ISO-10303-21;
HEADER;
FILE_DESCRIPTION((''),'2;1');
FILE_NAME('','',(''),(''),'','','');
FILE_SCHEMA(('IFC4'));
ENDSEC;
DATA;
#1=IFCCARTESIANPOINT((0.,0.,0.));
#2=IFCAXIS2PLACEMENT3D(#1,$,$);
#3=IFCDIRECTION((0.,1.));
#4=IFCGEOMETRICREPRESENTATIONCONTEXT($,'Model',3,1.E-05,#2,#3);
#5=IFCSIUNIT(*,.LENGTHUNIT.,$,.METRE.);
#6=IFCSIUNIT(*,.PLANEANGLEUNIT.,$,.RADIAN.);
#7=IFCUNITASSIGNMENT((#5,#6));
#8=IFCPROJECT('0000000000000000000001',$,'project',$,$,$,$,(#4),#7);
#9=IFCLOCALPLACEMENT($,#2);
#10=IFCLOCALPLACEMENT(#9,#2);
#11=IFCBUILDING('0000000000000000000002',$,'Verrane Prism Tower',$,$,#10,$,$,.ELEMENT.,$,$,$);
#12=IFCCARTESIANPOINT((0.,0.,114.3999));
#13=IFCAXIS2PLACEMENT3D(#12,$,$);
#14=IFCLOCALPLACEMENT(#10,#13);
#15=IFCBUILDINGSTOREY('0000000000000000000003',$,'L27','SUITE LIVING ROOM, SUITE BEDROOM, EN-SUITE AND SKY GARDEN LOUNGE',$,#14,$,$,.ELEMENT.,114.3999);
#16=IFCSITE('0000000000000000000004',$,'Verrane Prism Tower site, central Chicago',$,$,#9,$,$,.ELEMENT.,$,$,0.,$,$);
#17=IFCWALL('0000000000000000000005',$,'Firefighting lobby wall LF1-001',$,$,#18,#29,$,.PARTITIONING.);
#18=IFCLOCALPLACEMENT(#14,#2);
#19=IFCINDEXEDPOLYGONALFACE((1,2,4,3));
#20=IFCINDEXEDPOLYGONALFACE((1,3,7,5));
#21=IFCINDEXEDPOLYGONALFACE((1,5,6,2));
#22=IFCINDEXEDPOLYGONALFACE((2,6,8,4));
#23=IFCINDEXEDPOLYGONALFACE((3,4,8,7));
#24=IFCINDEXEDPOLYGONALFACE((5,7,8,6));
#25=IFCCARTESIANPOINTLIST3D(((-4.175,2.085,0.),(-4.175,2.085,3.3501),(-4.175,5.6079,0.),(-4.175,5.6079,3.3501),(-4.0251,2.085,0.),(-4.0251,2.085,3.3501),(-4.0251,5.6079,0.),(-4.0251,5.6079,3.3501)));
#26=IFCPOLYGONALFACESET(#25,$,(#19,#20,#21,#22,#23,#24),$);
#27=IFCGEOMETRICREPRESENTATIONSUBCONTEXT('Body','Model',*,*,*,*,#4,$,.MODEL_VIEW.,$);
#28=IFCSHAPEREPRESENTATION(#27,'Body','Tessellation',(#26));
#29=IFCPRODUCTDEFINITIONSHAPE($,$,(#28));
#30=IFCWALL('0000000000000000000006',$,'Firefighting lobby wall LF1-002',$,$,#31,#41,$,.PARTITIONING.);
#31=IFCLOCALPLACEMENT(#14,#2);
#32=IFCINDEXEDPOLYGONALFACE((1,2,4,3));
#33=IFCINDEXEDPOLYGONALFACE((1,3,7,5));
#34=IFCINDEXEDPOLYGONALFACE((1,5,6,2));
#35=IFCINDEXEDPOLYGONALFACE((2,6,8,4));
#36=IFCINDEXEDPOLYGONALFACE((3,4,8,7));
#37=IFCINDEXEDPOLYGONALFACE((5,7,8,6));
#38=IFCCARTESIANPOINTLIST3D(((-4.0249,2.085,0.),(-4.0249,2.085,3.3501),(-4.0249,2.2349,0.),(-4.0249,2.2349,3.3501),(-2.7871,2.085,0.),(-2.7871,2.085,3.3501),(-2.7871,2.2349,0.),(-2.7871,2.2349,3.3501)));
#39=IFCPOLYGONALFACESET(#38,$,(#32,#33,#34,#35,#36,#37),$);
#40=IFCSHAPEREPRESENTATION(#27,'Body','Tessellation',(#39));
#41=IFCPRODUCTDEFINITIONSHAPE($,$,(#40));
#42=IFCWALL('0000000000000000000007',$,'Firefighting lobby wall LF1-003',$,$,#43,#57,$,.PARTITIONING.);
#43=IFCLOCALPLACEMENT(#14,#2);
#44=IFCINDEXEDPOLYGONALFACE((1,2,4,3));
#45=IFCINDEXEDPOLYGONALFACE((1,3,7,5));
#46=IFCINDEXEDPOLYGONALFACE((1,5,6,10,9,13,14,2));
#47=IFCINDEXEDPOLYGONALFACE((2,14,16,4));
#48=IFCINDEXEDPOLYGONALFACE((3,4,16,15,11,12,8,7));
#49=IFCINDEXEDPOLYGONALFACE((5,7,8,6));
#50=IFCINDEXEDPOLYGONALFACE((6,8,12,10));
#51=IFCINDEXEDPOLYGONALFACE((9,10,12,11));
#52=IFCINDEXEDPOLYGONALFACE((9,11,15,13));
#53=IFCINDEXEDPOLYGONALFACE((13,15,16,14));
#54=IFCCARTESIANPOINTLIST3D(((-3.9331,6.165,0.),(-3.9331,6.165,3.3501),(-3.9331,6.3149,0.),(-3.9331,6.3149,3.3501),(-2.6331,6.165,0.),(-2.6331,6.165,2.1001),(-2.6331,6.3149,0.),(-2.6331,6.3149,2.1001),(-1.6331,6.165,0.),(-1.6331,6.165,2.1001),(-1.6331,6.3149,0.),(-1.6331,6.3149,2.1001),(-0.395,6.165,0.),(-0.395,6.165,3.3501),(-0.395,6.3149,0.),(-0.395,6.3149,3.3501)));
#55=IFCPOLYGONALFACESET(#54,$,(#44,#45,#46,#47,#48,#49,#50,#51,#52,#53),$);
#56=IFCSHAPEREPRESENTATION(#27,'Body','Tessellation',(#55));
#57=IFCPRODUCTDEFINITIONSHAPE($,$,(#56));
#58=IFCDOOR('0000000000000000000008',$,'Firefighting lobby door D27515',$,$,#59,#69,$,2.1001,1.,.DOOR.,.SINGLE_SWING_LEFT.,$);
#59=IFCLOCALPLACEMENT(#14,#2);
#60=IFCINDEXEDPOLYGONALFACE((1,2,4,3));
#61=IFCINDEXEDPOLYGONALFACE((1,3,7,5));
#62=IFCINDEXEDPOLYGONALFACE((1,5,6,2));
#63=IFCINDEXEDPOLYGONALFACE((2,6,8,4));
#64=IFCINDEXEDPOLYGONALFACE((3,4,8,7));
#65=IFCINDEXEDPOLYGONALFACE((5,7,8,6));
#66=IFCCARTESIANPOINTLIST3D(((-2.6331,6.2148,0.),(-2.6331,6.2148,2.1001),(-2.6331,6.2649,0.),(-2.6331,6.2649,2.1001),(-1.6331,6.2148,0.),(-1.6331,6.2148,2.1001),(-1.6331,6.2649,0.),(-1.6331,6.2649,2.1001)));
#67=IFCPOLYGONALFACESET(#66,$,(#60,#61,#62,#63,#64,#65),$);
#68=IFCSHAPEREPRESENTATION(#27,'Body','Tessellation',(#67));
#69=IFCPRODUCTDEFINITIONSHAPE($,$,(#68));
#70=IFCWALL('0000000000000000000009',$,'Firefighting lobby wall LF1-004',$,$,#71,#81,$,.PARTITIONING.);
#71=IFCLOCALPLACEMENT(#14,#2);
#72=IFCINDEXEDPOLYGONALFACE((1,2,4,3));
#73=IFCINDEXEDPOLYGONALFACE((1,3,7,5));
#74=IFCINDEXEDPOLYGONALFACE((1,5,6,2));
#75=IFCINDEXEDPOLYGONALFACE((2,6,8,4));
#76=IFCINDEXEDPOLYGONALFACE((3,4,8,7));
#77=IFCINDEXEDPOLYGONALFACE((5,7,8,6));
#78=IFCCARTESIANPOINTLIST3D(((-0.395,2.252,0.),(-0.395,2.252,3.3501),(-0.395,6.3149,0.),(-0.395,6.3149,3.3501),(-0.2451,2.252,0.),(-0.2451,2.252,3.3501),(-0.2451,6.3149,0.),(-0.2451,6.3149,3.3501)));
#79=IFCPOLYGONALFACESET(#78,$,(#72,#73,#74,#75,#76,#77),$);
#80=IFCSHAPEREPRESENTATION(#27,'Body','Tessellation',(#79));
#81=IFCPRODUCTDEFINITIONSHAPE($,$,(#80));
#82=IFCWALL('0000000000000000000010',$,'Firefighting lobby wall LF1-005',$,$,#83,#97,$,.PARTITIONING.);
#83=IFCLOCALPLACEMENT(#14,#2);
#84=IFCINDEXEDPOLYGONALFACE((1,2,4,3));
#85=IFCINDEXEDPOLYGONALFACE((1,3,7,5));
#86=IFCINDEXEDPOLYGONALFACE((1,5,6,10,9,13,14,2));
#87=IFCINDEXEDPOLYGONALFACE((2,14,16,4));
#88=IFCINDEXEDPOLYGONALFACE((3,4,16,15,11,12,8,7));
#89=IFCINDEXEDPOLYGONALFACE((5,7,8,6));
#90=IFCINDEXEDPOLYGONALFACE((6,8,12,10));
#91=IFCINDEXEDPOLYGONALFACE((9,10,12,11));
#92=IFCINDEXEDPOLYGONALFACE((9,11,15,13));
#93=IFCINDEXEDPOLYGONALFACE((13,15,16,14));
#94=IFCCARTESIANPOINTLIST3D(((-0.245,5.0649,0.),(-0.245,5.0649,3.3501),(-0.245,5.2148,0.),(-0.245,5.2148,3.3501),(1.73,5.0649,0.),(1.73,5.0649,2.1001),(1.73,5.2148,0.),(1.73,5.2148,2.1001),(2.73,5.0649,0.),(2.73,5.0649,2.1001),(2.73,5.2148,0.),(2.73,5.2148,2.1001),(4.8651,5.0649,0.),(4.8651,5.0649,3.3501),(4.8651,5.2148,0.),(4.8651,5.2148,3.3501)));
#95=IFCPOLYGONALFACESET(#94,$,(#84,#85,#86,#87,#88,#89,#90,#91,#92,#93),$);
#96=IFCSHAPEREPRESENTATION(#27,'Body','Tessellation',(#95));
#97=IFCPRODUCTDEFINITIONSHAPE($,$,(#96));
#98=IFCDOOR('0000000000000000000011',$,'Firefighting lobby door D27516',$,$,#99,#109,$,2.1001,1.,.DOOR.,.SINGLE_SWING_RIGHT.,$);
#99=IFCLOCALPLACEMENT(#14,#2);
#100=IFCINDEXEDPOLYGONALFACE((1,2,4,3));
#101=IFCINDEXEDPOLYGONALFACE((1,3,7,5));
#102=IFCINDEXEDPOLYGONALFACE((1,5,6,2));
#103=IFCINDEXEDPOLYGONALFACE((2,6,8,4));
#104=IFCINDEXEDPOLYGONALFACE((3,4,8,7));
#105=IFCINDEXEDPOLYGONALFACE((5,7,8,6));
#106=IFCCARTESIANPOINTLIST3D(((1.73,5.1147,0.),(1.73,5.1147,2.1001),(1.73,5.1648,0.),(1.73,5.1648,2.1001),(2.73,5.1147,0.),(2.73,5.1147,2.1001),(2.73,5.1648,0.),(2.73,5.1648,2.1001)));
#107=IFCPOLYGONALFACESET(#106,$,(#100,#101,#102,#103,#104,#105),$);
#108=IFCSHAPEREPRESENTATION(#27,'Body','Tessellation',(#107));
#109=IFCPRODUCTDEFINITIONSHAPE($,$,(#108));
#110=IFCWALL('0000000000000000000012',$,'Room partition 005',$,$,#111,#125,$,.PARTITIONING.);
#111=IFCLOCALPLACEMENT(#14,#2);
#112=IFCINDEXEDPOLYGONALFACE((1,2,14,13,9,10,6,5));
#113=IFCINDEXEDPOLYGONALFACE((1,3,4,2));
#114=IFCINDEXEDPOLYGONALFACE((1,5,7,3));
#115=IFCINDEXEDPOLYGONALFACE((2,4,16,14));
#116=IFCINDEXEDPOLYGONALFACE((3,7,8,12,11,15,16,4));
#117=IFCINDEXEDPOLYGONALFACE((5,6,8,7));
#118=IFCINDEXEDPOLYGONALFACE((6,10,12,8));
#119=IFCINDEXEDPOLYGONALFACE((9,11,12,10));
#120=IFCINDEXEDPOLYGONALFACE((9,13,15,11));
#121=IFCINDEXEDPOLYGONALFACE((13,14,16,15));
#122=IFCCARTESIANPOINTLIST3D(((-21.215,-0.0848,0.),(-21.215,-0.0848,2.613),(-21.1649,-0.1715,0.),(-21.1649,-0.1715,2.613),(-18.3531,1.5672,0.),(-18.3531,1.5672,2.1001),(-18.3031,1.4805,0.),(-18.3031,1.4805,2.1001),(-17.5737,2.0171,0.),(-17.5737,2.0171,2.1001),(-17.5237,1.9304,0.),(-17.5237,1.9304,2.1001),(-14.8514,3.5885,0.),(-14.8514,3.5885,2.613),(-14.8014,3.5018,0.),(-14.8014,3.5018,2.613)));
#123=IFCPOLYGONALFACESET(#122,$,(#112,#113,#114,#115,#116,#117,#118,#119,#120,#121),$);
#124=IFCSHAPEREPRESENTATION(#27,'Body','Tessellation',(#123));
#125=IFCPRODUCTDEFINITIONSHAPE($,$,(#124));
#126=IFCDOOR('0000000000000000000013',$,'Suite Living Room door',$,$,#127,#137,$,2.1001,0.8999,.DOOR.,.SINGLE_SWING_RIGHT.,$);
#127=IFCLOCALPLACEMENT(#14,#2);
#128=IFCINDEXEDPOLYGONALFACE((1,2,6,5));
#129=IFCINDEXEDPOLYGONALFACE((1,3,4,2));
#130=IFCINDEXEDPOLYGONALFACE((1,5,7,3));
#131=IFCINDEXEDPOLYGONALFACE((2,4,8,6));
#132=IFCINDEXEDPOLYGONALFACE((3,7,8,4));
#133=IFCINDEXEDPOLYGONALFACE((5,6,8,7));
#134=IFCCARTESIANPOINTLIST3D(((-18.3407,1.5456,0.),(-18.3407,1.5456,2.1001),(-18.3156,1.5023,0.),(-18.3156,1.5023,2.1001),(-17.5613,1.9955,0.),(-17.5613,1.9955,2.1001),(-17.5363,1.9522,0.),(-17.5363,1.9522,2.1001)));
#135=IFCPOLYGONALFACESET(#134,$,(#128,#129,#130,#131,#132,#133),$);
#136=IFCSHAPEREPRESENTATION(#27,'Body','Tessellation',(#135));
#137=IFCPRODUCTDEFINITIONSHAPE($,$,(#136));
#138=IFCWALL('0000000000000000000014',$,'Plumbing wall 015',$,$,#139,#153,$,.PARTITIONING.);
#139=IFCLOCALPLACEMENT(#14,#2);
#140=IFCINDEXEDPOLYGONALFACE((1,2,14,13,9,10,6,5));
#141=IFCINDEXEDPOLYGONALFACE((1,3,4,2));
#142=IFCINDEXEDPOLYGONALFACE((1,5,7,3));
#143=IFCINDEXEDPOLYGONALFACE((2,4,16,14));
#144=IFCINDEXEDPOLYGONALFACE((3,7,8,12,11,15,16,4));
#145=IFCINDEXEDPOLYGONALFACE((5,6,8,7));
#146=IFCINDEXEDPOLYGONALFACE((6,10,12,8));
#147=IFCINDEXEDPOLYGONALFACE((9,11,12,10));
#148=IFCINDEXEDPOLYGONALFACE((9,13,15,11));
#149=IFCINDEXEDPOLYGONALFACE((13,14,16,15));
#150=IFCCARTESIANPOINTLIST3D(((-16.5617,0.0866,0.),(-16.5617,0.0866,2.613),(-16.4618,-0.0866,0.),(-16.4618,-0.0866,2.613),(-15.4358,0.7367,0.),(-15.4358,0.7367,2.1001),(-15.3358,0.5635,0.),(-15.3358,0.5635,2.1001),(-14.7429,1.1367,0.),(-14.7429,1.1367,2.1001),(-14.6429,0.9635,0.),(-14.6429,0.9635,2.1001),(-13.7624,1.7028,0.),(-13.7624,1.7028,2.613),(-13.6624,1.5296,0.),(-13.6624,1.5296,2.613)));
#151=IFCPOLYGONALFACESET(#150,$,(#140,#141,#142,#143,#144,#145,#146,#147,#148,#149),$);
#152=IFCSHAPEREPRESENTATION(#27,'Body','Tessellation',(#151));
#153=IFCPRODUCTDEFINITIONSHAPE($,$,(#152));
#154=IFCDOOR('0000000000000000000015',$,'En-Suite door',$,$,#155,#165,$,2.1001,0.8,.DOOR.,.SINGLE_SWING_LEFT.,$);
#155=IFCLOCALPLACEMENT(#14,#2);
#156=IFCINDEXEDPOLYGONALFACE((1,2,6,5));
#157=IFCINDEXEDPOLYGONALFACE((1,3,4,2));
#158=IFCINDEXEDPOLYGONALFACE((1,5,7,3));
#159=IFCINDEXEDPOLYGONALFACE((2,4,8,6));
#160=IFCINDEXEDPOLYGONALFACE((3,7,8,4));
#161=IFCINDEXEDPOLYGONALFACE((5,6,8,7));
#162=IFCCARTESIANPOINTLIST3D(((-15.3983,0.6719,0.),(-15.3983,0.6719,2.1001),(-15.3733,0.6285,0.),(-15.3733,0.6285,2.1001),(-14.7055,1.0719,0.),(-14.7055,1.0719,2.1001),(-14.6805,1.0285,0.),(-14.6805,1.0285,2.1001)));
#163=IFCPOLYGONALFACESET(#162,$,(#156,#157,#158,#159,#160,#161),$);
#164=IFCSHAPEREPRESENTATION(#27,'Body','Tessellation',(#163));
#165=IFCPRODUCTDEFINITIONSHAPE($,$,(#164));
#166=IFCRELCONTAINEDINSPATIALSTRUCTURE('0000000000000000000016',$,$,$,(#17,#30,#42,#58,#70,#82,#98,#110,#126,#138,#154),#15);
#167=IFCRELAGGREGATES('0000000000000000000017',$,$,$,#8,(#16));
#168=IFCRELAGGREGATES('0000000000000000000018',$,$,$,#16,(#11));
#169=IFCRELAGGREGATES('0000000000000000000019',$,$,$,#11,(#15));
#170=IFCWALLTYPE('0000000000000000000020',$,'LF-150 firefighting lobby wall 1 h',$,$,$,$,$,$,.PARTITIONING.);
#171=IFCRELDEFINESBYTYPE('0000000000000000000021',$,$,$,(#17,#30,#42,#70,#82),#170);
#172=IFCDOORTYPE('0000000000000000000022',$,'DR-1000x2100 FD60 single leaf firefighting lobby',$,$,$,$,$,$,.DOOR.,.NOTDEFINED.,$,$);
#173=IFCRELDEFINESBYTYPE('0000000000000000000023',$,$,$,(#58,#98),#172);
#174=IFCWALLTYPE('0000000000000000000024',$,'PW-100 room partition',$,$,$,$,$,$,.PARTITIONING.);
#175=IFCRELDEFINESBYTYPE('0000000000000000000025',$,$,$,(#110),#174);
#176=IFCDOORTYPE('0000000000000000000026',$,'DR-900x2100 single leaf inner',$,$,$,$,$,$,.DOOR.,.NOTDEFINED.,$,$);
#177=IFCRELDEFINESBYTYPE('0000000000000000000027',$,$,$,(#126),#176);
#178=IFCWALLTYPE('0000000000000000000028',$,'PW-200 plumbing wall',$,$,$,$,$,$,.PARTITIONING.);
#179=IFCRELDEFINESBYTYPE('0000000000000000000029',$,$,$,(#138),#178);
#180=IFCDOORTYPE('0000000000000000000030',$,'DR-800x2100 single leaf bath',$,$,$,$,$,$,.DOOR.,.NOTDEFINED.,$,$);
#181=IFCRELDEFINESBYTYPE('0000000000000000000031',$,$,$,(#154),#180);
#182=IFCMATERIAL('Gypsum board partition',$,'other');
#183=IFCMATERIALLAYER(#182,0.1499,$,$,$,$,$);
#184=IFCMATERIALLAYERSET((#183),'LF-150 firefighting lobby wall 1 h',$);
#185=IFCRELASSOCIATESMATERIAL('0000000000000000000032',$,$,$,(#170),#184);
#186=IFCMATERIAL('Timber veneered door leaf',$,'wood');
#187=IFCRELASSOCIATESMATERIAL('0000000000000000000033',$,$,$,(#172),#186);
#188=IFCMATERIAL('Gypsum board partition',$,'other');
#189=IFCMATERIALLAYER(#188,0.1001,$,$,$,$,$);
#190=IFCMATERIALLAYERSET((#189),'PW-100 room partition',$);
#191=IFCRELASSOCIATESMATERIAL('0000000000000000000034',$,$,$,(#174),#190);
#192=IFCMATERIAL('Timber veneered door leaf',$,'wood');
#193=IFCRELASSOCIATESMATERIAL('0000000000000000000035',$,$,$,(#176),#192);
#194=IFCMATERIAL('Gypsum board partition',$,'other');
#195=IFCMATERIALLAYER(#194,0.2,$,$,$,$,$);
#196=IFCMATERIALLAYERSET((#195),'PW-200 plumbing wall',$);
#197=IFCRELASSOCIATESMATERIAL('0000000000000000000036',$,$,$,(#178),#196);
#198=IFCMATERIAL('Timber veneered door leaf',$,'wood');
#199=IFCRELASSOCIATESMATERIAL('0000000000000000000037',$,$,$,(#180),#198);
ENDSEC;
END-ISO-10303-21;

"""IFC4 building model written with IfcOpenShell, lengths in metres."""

from ifc_helpers import new_model, si_unit, direction, frame, frame_2d, origin, place, context, subcontext, project, spatial, rectangle, extrude, material, layer, layer_set, type_object, element, fill, save


model = new_model("IFC4")

# Units and contexts
model_context = context("Model", 3, precision=1e-05, world=origin(), true_north=direction((0.0, 1.0)))
body_context = subcontext(model_context, "Body", "Model", "MODEL_VIEW")
ifc_project = project(units=[si_unit("LENGTHUNIT", "METRE"), si_unit("PLANEANGLEUNIT", "RADIAN")], contexts=[model_context])

# Site, building, storey
site_placement = place(None, origin())
site = spatial("IfcSite", under=ifc_project, at=site_placement, Name="Verrane Prism Tower site, central Chicago", CompositionType="ELEMENT", RefElevation=0.0)
building_placement = place(site_placement, origin())
building = spatial("IfcBuilding", under=site, at=building_placement, Name="Verrane Prism Tower", CompositionType="ELEMENT")
storey_placement = place(building_placement, frame((0.0, 0.0, 114.3999)))
storey = spatial("IfcBuildingStorey", under=building, at=storey_placement, Name="L27", Description="SUITE LIVING ROOM, SUITE BEDROOM, EN-SUITE AND SKY GARDEN LOUNGE", CompositionType="ELEMENT", Elevation=114.3999)

# Walls
ifc_material_1 = material(Name="Gypsum board partition", Category="other")
ifc_layer_1 = layer(ifc_material_1, 0.1499)
ifc_layer_set_1 = layer_set([ifc_layer_1], Name="LF-150 firefighting lobby wall 1 h")
wall_type_1 = type_object("IfcWallType", Name="LF-150 firefighting lobby wall 1 h", PredefinedType="PARTITIONING", material=ifc_layer_set_1)
wall_1_placement = place(storey_placement, frame((-4.1001, 2.085, 0.0), z_axis=(0.0, 0.0, 1.0), x_axis=(0.0, 1.0, 0.0)))
element("IfcWall", 1, at=wall_1_placement, inside=storey, type_object=wall_type_1, Name="Firefighting lobby wall LF1-001", PredefinedType="PARTITIONING", context=body_context, shape_type="SweptSolid", body=[
    extrude(rectangle(XDim=3.5229, YDim=0.1499, at=frame_2d((1.7615, 0.0))), origin(), (0.0, 0.0, 1.0), 3.3501),
])
wall_2_placement = place(storey_placement, frame((-4.0249, 2.1599, 0.0), z_axis=(0.0, 0.0, 1.0), x_axis=(1.0, 0.0, 0.0)))
element("IfcWall", 2, at=wall_2_placement, inside=storey, type_object=wall_type_1, Name="Firefighting lobby wall LF1-002", PredefinedType="PARTITIONING", context=body_context, shape_type="SweptSolid", body=[
    extrude(rectangle(XDim=1.2378, YDim=0.1499, at=frame_2d((0.6189, 0.0))), origin(), (0.0, 0.0, 1.0), 3.3501),
])

# Wall, opening, door
wall_3_placement = place(storey_placement, frame((-3.9331, 6.24, 0.0), z_axis=(0.0, 0.0, 1.0), x_axis=(1.0, 0.0, 0.0)))
wall_3 = element("IfcWall", 3, at=wall_3_placement, inside=storey, type_object=wall_type_1, Name="Firefighting lobby wall LF1-003", PredefinedType="PARTITIONING", context=body_context, shape_type="SweptSolid", body=[
    extrude(rectangle(XDim=3.5381, YDim=0.1499, at=frame_2d((1.769, 0.0))), origin(), (0.0, 0.0, 1.0), 3.3501),
])
opening_1_placement = place(wall_3_placement, frame((1.3, 0.0, 0.0)))
opening_1 = element("IfcOpeningElement", 4, at=opening_1_placement, cuts=wall_3, PredefinedType="OPENING", context=body_context, shape_type="SweptSolid", body=[
    extrude(rectangle(XDim=1.0, YDim=2.1001, at=frame_2d((0.5, 1.05))), frame((0.0, 0.085, 0.0), z_axis=(0.0, -1.0, 0.0), x_axis=(1.0, 0.0, 0.0)), (0.0, 0.0, 1.0), 0.1699),
])
ifc_material_2 = material(Name="Timber veneered door leaf", Category="wood")
door_type_1 = type_object("IfcDoorType", Name="DR-1000x2100 FD60 single leaf firefighting lobby", OperationType="NOTDEFINED", PredefinedType="DOOR", material=ifc_material_2)
door_1_placement = place(opening_1_placement, origin())
door_1 = element("IfcDoor", 5, at=door_1_placement, inside=storey, type_object=door_type_1, Name="Firefighting lobby door D27515", OperationType="SINGLE_SWING_LEFT", OverallHeight=2.1001, OverallWidth=1.0, PredefinedType="DOOR", context=body_context, shape_type="SweptSolid", body=[
    extrude(rectangle(XDim=1.0, YDim=2.1001, at=frame_2d((0.5, 1.05))), frame((0.0, 0.0249, 0.0), z_axis=(0.0, -1.0, 0.0), x_axis=(1.0, 0.0, 0.0)), (0.0, 0.0, 1.0), 0.05),
])
fill(opening_1, door_1)

# Wall
wall_4_placement = place(storey_placement, frame((-0.3201, 2.252, 0.0), z_axis=(0.0, 0.0, 1.0), x_axis=(0.0, 1.0, 0.0)))
element("IfcWall", 6, at=wall_4_placement, inside=storey, type_object=wall_type_1, Name="Firefighting lobby wall LF1-004", PredefinedType="PARTITIONING", context=body_context, shape_type="SweptSolid", body=[
    extrude(rectangle(XDim=4.063, YDim=0.1499, at=frame_2d((2.0315, 0.0))), origin(), (0.0, 0.0, 1.0), 3.3501),
])

# Walls, openings, doors
wall_5_placement = place(storey_placement, frame((-0.2451, 5.1399, 0.0), z_axis=(0.0, 0.0, 1.0), x_axis=(1.0, 0.0, 0.0)))
wall_5 = element("IfcWall", 7, at=wall_5_placement, inside=storey, type_object=wall_type_1, Name="Firefighting lobby wall LF1-005", PredefinedType="PARTITIONING", context=body_context, shape_type="SweptSolid", body=[
    extrude(rectangle(XDim=5.1101, YDim=0.1499, at=frame_2d((2.5552, 0.0))), origin(), (0.0, 0.0, 1.0), 3.3501),
])
opening_2_placement = place(wall_5_placement, frame((1.9751, 0.0, 0.0)))
opening_2 = element("IfcOpeningElement", 8, at=opening_2_placement, cuts=wall_5, PredefinedType="OPENING", context=body_context, shape_type="SweptSolid", body=[
    extrude(rectangle(XDim=1.0, YDim=2.1001, at=frame_2d((0.5, 1.05))), frame((0.0, 0.085, 0.0), z_axis=(0.0, -1.0, 0.0), x_axis=(1.0, 0.0, 0.0)), (0.0, 0.0, 1.0), 0.1699),
])
door_2_placement = place(opening_2_placement, origin())
door_2 = element("IfcDoor", 9, at=door_2_placement, inside=storey, type_object=door_type_1, Name="Firefighting lobby door D27516", OperationType="SINGLE_SWING_RIGHT", OverallHeight=2.1001, OverallWidth=1.0, PredefinedType="DOOR", context=body_context, shape_type="SweptSolid", body=[
    extrude(rectangle(XDim=1.0, YDim=2.1001, at=frame_2d((0.5, 1.05))), frame((0.0, 0.0249, 0.0), z_axis=(0.0, -1.0, 0.0), x_axis=(1.0, 0.0, 0.0)), (0.0, 0.0, 1.0), 0.05),
])
fill(opening_2, door_2)
ifc_material_3 = material(Name="Gypsum board partition", Category="other")
ifc_layer_2 = layer(ifc_material_3, 0.1001)
ifc_layer_set_2 = layer_set([ifc_layer_2], Name="PW-100 room partition")
wall_type_2 = type_object("IfcWallType", Name="PW-100 room partition", PredefinedType="PARTITIONING", material=ifc_layer_set_2)
wall_6_placement = place(storey_placement, frame((-14.8264, 3.5452, 0.0), z_axis=(0.0, 0.0, 1.0), x_axis=(-0.866063, -0.499934, 0.0)))
wall_6 = element("IfcWall", 10, at=wall_6_placement, inside=storey, type_object=wall_type_2, Name="Room partition 005", PredefinedType="PARTITIONING", context=body_context, shape_type="SweptSolid", body=[
    extrude(rectangle(XDim=7.3477, YDim=0.1001, at=frame_2d((3.6738, 0.0))), origin(), (0.0, 0.0, 1.0), 2.613),
])
opening_3_placement = place(wall_6_placement, frame((3.1433, 0.0, 0.0)))
opening_3 = element("IfcOpeningElement", 11, at=opening_3_placement, cuts=wall_6, PredefinedType="OPENING", context=body_context, shape_type="SweptSolid", body=[
    extrude(rectangle(XDim=0.8999, YDim=2.1001, at=frame_2d((0.45, 1.05))), frame((0.0, 0.0601, 0.0), z_axis=(0.0, -1.0, 0.0), x_axis=(1.0, 0.0, 0.0)), (0.0, 0.0, 1.0), 0.1201),
])
ifc_material_4 = material(Name="Timber veneered door leaf", Category="wood")
door_type_2 = type_object("IfcDoorType", Name="DR-900x2100 single leaf inner", OperationType="NOTDEFINED", PredefinedType="DOOR", material=ifc_material_4)
door_3_placement = place(opening_3_placement, origin())
door_3 = element("IfcDoor", 12, at=door_3_placement, inside=storey, type_object=door_type_2, Name="Suite Living Room door", OperationType="SINGLE_SWING_RIGHT", OverallHeight=2.1001, OverallWidth=0.8999, PredefinedType="DOOR", context=body_context, shape_type="SweptSolid", body=[
    extrude(rectangle(XDim=0.8999, YDim=2.1001, at=frame_2d((0.45, 1.05))), frame((0.0, 0.0249, 0.0), z_axis=(0.0, -1.0, 0.0), x_axis=(1.0, 0.0, 0.0)), (0.0, 0.0, 1.0), 0.05),
])
fill(opening_3, door_3)
ifc_material_5 = material(Name="Gypsum board partition", Category="other")
ifc_layer_3 = layer(ifc_material_5, 0.2)
ifc_layer_set_3 = layer_set([ifc_layer_3], Name="PW-200 plumbing wall")
wall_type_3 = type_object("IfcWallType", Name="PW-200 plumbing wall", PredefinedType="PARTITIONING", material=ifc_layer_set_3)
wall_7_placement = place(storey_placement, frame((-13.7124, 1.6162, 0.0), z_axis=(0.0, 0.0, 1.0), x_axis=(-0.866022, -0.500006, 0.0)))
wall_7 = element("IfcWall", 13, at=wall_7_placement, inside=storey, type_object=wall_type_3, Name="Plumbing wall 015", PredefinedType="PARTITIONING", context=body_context, shape_type="SweptSolid", body=[
    extrude(rectangle(XDim=3.2324, YDim=0.2, at=frame_2d((1.6162, 0.0))), origin(), (0.0, 0.0, 1.0), 2.613),
])
opening_4_placement = place(wall_7_placement, frame((1.1323, 0.0, 0.0)))
opening_4 = element("IfcOpeningElement", 14, at=opening_4_placement, cuts=wall_7, PredefinedType="OPENING", context=body_context, shape_type="SweptSolid", body=[
    extrude(rectangle(XDim=0.8, YDim=2.1001, at=frame_2d((0.3999, 1.05))), frame((0.0, 0.1099, 0.0), z_axis=(0.0, -1.0, 0.0), x_axis=(1.0, 0.0, 0.0)), (0.0, 0.0, 1.0), 0.22),
])
ifc_material_6 = material(Name="Timber veneered door leaf", Category="wood")
door_type_3 = type_object("IfcDoorType", Name="DR-800x2100 single leaf bath", OperationType="NOTDEFINED", PredefinedType="DOOR", material=ifc_material_6)
door_4_placement = place(opening_4_placement, origin())
door_4 = element("IfcDoor", 15, at=door_4_placement, inside=storey, type_object=door_type_3, Name="En-Suite door", OperationType="SINGLE_SWING_LEFT", OverallHeight=2.1001, OverallWidth=0.8, PredefinedType="DOOR", context=body_context, shape_type="SweptSolid", body=[
    extrude(rectangle(XDim=0.8, YDim=2.1001, at=frame_2d((0.3999, 1.05))), frame((0.0, 0.0249, 0.0), z_axis=(0.0, -1.0, 0.0), x_axis=(1.0, 0.0, 0.0)), (0.0, 0.0, 1.0), 0.05),
])
fill(opening_4, door_4)

save(model, "model.ifc")
